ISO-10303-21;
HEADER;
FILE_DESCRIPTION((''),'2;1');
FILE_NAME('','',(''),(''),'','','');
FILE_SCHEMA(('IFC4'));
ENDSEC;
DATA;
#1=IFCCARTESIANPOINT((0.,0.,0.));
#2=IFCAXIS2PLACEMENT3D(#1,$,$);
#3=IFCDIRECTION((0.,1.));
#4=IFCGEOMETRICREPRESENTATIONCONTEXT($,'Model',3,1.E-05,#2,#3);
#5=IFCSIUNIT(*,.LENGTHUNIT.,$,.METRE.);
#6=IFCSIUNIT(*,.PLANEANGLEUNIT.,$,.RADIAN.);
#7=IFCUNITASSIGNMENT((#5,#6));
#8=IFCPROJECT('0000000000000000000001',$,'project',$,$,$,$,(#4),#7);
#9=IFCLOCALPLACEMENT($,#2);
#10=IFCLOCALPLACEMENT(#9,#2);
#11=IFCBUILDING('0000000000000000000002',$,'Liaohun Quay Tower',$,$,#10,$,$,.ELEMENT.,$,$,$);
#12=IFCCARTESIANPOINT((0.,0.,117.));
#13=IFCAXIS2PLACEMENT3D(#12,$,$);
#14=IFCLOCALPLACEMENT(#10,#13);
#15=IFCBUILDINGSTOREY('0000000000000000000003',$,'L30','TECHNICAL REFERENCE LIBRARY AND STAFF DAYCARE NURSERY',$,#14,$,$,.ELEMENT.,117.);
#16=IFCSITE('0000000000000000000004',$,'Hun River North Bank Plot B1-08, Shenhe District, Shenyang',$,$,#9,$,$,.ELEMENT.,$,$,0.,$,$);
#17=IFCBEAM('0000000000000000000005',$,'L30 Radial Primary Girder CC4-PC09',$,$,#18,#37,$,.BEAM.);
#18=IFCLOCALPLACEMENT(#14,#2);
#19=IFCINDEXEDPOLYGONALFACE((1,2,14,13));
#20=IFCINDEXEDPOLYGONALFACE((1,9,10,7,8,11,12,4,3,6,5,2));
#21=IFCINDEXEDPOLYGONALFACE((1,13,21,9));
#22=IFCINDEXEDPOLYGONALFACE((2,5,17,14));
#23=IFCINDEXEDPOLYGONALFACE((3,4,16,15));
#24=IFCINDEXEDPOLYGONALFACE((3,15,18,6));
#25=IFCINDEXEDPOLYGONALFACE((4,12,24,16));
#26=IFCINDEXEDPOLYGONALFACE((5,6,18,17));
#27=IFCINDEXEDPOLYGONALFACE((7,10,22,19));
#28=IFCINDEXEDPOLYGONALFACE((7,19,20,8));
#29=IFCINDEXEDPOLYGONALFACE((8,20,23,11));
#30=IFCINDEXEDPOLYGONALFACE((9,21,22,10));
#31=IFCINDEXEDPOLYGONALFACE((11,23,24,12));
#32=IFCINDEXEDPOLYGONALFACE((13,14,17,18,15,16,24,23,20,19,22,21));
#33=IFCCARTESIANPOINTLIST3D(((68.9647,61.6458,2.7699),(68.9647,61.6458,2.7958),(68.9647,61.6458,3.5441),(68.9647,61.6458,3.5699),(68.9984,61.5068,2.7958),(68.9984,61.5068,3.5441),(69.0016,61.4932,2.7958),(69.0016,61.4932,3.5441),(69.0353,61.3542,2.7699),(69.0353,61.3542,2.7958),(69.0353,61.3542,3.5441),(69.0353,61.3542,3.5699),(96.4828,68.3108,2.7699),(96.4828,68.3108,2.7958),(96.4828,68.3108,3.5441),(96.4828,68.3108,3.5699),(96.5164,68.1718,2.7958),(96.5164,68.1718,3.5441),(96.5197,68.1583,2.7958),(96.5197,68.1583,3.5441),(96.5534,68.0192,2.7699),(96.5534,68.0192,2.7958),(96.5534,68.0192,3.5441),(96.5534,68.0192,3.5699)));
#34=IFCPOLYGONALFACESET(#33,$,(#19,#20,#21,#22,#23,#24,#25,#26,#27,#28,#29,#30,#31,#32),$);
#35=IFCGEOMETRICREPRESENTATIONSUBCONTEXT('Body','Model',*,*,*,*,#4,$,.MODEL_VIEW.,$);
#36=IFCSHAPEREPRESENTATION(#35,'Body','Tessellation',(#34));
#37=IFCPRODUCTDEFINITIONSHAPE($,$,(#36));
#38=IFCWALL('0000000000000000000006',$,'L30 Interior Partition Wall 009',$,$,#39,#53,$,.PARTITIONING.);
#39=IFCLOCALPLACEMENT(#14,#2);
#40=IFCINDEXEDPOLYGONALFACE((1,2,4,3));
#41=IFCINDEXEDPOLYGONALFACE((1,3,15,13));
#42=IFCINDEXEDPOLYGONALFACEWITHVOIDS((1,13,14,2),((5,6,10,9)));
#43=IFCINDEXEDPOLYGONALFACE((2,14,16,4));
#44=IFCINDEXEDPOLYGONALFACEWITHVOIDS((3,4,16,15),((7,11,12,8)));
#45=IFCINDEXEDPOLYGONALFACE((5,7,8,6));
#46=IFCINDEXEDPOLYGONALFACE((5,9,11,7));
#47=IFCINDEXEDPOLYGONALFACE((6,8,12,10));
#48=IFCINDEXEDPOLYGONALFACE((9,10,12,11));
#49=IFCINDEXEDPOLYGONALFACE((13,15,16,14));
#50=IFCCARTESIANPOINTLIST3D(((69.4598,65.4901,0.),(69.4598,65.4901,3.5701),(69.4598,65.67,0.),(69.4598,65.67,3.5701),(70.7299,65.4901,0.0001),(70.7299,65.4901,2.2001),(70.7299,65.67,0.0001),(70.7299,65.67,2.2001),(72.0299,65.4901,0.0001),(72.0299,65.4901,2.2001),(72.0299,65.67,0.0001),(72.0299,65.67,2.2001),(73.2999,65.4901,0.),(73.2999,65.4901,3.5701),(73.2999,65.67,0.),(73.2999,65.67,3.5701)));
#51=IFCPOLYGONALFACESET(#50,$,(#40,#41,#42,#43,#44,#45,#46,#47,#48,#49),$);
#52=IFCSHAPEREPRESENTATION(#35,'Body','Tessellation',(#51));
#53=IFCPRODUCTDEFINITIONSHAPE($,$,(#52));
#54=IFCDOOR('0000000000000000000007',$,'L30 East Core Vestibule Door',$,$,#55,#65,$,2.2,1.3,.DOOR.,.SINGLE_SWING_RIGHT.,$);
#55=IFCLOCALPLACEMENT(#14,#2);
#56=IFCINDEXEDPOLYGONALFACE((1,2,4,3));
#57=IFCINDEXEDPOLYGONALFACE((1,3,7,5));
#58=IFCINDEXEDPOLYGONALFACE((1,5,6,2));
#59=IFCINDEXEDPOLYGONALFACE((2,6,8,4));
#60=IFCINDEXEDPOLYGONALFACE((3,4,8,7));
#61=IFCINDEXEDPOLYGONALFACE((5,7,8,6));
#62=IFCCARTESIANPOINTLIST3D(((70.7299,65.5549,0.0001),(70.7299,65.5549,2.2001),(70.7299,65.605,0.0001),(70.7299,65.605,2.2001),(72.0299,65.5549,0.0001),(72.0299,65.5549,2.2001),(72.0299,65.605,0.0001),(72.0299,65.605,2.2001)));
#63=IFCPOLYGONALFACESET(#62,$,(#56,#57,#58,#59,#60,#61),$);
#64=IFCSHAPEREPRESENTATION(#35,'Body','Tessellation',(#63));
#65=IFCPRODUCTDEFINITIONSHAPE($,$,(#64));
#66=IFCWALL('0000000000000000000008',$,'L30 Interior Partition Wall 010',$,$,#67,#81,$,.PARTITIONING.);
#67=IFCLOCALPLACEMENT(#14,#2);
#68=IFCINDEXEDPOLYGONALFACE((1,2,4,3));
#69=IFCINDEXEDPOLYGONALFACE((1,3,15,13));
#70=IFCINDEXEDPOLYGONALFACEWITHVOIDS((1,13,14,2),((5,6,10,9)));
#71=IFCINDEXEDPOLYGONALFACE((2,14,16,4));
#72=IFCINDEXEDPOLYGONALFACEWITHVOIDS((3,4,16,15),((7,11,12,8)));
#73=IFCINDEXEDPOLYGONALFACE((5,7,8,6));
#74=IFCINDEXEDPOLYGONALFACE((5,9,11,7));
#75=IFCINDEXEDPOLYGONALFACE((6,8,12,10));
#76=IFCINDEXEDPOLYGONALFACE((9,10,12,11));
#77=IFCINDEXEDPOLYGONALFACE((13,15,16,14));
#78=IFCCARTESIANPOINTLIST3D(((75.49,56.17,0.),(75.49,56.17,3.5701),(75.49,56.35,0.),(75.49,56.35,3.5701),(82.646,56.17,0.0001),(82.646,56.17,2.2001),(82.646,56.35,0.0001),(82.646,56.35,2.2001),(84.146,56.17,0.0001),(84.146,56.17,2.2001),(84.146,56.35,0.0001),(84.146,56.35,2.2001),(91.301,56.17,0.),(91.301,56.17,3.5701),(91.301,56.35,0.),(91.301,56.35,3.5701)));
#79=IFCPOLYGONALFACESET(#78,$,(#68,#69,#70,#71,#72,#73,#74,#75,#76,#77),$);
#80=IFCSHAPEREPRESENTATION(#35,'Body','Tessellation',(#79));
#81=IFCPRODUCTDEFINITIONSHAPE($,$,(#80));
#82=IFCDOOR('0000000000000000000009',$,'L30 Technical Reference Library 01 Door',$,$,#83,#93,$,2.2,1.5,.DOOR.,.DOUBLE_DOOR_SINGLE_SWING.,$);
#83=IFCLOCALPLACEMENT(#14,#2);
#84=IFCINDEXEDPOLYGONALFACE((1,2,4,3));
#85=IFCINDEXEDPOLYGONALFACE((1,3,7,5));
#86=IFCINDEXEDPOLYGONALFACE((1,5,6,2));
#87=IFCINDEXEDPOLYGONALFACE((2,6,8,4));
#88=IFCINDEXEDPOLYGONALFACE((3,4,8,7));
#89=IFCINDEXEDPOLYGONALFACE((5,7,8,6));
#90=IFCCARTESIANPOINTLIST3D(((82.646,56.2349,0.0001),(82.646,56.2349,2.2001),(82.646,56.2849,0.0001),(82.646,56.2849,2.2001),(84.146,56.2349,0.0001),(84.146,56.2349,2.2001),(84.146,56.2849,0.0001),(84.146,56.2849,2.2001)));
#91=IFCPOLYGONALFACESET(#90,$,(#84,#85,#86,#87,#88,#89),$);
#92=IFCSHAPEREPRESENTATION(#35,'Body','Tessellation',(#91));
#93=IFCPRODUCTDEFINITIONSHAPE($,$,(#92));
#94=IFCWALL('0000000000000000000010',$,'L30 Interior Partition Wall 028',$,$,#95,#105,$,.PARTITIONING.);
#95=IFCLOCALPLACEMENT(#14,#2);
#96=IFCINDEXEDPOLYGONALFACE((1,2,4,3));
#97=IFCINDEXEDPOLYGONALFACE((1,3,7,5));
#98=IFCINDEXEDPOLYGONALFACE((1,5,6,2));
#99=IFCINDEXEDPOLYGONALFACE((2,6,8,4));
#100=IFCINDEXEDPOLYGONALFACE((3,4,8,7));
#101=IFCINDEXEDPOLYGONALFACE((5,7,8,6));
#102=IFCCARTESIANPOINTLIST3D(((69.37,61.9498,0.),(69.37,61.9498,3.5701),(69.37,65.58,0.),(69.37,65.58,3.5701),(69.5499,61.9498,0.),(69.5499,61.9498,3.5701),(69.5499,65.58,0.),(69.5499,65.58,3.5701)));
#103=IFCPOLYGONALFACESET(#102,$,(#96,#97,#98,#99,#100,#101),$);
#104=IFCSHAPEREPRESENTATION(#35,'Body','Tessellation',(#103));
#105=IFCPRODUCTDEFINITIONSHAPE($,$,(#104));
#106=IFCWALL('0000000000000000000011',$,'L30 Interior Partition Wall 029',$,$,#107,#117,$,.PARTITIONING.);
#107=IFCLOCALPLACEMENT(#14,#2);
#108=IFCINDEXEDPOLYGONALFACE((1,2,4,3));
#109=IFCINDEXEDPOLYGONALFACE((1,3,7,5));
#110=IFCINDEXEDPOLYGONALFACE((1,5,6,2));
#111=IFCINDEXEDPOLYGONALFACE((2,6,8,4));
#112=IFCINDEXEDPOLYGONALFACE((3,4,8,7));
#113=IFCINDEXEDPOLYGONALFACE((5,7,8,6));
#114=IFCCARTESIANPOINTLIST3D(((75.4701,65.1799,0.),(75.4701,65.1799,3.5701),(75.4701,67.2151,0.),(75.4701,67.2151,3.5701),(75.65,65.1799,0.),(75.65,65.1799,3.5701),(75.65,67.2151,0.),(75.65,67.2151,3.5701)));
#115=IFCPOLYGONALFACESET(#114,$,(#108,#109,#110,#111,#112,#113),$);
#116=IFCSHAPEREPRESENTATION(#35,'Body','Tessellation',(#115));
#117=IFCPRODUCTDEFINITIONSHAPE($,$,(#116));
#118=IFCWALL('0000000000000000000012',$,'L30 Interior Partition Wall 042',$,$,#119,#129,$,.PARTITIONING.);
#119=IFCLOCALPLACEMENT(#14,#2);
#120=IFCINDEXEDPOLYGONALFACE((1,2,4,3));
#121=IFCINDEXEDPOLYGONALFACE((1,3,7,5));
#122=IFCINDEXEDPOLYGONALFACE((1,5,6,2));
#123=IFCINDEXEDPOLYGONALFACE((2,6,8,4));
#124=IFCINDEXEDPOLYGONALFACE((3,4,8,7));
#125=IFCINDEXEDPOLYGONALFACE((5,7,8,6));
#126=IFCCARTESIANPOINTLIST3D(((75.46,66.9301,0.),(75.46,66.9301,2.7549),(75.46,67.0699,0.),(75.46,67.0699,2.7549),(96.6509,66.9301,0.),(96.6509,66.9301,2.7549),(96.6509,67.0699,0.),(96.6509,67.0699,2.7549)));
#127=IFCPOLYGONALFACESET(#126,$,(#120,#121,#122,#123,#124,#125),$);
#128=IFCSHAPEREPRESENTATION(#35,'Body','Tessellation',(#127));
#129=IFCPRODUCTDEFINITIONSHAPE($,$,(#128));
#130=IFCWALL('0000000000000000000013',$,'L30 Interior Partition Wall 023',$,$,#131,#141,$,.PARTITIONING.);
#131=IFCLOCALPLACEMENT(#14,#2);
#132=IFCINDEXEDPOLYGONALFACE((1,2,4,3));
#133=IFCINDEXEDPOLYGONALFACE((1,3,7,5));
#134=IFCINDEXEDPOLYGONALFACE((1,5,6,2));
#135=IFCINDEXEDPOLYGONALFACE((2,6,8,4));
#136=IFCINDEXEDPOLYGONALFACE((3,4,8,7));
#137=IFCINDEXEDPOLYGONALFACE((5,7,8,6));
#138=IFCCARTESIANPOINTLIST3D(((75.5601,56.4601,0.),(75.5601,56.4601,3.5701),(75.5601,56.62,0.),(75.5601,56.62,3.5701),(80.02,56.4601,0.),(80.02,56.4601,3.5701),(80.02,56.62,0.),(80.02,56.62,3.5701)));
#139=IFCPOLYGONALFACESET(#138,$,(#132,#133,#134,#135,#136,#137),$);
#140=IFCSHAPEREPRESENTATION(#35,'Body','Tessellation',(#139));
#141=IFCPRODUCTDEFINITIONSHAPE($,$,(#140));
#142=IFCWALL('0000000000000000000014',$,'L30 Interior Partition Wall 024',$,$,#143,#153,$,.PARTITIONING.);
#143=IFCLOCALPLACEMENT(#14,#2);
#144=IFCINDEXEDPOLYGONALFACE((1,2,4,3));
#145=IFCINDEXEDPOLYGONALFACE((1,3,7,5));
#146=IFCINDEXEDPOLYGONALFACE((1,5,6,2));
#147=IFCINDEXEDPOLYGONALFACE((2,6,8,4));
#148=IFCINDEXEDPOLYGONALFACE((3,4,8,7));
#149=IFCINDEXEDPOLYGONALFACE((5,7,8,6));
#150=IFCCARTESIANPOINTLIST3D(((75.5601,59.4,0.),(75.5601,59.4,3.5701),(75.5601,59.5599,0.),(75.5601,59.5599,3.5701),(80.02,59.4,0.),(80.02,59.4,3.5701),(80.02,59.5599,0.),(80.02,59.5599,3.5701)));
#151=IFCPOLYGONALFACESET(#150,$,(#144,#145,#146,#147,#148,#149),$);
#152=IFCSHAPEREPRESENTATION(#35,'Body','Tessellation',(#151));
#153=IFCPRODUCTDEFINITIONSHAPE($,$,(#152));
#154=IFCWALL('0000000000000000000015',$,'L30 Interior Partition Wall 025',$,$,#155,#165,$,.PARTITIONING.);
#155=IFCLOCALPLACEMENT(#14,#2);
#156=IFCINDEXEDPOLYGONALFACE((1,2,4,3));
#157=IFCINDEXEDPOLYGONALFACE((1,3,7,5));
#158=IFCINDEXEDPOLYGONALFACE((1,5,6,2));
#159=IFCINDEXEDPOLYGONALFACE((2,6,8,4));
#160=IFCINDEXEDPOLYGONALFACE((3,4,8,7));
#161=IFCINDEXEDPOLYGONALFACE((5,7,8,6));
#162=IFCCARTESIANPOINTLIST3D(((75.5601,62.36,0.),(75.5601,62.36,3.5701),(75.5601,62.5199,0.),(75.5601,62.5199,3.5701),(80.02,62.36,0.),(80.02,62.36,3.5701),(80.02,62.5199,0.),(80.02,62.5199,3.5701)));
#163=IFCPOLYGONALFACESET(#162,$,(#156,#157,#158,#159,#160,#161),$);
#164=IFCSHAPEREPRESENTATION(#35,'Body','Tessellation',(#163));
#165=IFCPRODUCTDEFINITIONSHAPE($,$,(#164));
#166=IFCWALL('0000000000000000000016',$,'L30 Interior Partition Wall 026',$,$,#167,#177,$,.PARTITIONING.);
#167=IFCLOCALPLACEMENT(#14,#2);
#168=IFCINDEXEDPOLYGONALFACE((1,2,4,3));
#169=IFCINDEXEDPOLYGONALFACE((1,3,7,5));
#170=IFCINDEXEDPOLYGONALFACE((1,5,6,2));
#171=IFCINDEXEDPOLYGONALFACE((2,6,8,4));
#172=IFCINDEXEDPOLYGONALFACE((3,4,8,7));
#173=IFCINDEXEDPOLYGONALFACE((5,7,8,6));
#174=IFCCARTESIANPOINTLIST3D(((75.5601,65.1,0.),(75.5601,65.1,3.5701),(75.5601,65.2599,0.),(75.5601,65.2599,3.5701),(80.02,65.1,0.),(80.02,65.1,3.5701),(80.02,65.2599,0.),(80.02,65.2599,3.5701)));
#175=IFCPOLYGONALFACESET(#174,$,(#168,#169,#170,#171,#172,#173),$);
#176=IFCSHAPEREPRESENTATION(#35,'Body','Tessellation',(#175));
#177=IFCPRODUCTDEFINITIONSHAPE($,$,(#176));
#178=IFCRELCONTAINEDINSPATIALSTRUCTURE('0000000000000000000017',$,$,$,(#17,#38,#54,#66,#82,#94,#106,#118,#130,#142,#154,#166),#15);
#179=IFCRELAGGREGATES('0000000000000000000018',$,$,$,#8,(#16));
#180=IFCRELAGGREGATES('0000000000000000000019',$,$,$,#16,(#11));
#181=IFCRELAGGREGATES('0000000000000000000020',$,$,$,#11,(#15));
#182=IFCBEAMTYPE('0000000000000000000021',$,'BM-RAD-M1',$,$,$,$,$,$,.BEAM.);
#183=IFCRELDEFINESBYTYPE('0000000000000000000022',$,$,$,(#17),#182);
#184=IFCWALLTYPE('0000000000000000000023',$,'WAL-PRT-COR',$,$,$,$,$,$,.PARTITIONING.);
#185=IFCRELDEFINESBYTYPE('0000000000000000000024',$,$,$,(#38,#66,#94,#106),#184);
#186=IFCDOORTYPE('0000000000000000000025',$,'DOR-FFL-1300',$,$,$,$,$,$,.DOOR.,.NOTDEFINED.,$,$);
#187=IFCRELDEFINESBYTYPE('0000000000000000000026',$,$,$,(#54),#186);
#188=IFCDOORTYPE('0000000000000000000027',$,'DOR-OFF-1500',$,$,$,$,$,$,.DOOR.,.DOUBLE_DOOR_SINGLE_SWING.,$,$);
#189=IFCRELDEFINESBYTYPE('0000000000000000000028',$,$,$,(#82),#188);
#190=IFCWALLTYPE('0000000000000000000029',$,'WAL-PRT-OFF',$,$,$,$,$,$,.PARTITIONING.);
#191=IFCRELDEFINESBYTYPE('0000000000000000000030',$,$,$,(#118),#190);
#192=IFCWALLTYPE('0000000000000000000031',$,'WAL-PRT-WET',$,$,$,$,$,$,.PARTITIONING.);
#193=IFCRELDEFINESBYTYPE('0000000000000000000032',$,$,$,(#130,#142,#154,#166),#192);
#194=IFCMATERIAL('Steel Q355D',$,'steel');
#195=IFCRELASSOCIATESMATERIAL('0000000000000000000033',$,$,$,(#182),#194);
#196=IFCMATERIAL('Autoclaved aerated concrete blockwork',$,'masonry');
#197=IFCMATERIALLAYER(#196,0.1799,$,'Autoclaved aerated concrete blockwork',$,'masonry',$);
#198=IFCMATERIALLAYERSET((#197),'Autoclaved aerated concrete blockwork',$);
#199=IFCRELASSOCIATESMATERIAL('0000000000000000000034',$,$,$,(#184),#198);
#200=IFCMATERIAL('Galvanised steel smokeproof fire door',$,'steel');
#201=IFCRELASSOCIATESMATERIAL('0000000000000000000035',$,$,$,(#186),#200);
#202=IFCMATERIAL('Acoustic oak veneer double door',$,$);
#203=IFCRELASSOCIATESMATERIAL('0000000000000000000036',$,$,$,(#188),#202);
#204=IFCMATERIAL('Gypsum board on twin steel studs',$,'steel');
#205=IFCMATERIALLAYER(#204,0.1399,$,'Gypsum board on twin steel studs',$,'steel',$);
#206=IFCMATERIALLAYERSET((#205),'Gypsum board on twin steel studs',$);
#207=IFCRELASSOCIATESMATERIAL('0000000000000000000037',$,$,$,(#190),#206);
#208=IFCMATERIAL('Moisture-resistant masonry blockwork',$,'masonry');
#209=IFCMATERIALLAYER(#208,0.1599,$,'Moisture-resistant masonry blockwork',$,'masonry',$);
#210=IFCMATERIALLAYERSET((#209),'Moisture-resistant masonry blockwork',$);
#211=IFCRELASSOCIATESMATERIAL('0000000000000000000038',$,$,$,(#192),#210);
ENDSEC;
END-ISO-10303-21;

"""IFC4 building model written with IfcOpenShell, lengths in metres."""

from ifc_helpers import new_model, si_unit, direction, frame, frame_2d, origin, origin_2d, place, context, subcontext, project, spatial, rectangle, i_section, extrude, source, transform, mapped, material, layer, layer_set, material_profile, profile_set, type_object, element, fill, save


model = new_model("IFC4")

# Units and contexts
model_context = context("Model", 3, precision=1e-05, world=origin(), true_north=direction((0.0, 1.0)))
body_context = subcontext(model_context, "Body", "Model", "MODEL_VIEW")
ifc_project = project(units=[si_unit("LENGTHUNIT", "METRE"), si_unit("PLANEANGLEUNIT", "RADIAN")], contexts=[model_context])

# Site, building, storey
site_placement = place(None, origin())
site = spatial("IfcSite", under=ifc_project, at=site_placement, Name="Hun River North Bank Plot B1-08, Shenhe District, Shenyang", CompositionType="ELEMENT", RefElevation=0.0)
building_placement = place(site_placement, origin())
building = spatial("IfcBuilding", under=site, at=building_placement, Name="Liaohun Quay Tower", CompositionType="ELEMENT")
storey_placement = place(building_placement, frame((0.0, 0.0, 117.0)))
storey = spatial("IfcBuildingStorey", under=building, at=storey_placement, Name="L30", Description="TECHNICAL REFERENCE LIBRARY AND STAFF DAYCARE NURSERY", CompositionType="ELEMENT", Elevation=117.0)

# Beam
ifc_material_1 = material(Name="Steel Q355D", Category="steel")
ifc_material_profile = material_profile(ifc_material_1, i_section(OverallWidth=0.3, OverallDepth=0.8, WebThickness=0.0139, FlangeThickness=0.0259, at=origin_2d()), Name="HN800x300x14x26")
ifc_profile_set = profile_set([ifc_material_profile], Name="Steel Q355D")
beam_type = type_object("IfcBeamType", Name="BM-RAD-M1", PredefinedType="BEAM", material=ifc_profile_set)
shared_shape_1 = source(origin(), body_context, "Body", "SweptSolid", [
    extrude(i_section(OverallWidth=0.3, OverallDepth=0.8, WebThickness=0.0139, FlangeThickness=0.0259, at=origin_2d()), origin(), (0.0, 0.0, 1.0), 28.3137),
])
beam_placement = place(storey_placement, frame((69.0, 61.5, 3.1699), z_axis=(0.971899, 0.2354, 0.0), x_axis=(-0.2354, 0.971899, 0.0)))
element("IfcBeam", 1, at=beam_placement, inside=storey, type_object=beam_type, Name="L30 Radial Primary Girder CC4-PC09", PredefinedType="BEAM", context=body_context, shape_type="MappedRepresentation", body=[
    mapped(shared_shape_1, transform((0.0, 0.0, 0.0), x_axis=(1.0, 0.0, 0.0), y_axis=(0.0, 1.0, 0.0), z_axis=(0.0, 0.0, 1.0), scale=1.0)),
])

# Walls, openings, doors
ifc_material_2 = material(Name="Autoclaved aerated concrete blockwork", Category="masonry")
ifc_layer_1 = layer(ifc_material_2, 0.1799, Name="Autoclaved aerated concrete blockwork", Category="masonry")
ifc_layer_set_1 = layer_set([ifc_layer_1], Name="Autoclaved aerated concrete blockwork")
wall_type_1 = type_object("IfcWallType", Name="WAL-PRT-COR", PredefinedType="PARTITIONING", material=ifc_layer_set_1)
wall_1_placement = place(storey_placement, frame((69.46, 65.5801, 0.0), z_axis=(0.0, 0.0, 1.0), x_axis=(1.0, 0.0, 0.0)))
wall_1 = element("IfcWall", 2, at=wall_1_placement, inside=storey, type_object=wall_type_1, Name="L30 Interior Partition Wall 009", PredefinedType="PARTITIONING", context=body_context, shape_type="SweptSolid", body=[
    extrude(rectangle(XDim=3.8401, YDim=0.1799, at=frame_2d((1.9199, 0.0))), origin(), (0.0, 0.0, 1.0), 3.5701),
])
shared_shape_2 = source(origin(), body_context, "Body", "SweptSolid", [
    extrude(rectangle(XDim=1.3, YDim=2.2, at=frame_2d((0.6499, 1.1001))), frame((0.0, 0.0999, 0.0), z_axis=(0.0, -1.0, 0.0), x_axis=(1.0, 0.0, 0.0)), (0.0, 0.0, 1.0), 0.2),
])
opening_1_placement = place(wall_1_placement, frame((1.27, 0.0, 0.0)))
opening_1 = element("IfcOpeningElement", 3, at=opening_1_placement, cuts=wall_1, PredefinedType="OPENING", context=body_context, shape_type="MappedRepresentation", body=[
    mapped(shared_shape_2, transform((0.0, 0.0, 0.0), x_axis=(1.0, 0.0, 0.0), y_axis=(0.0, 1.0, 0.0), z_axis=(0.0, 0.0, 1.0), scale=1.0)),
])
ifc_material_3 = material(Name="Galvanised steel smokeproof fire door", Category="steel")
door_type_1 = type_object("IfcDoorType", Name="DOR-FFL-1300", OperationType="NOTDEFINED", PredefinedType="DOOR", material=ifc_material_3)
shared_shape_3 = source(origin(), body_context, "Body", "SweptSolid", [
    extrude(rectangle(XDim=1.3, YDim=2.2, at=frame_2d((0.6499, 1.1001))), frame((0.0, 0.0249, 0.0), z_axis=(0.0, -1.0, 0.0), x_axis=(1.0, 0.0, 0.0)), (0.0, 0.0, 1.0), 0.05),
])
door_1_placement = place(opening_1_placement, origin())
door_1 = element("IfcDoor", 4, at=door_1_placement, inside=storey, type_object=door_type_1, Name="L30 East Core Vestibule Door", OperationType="SINGLE_SWING_RIGHT", OverallHeight=2.2, OverallWidth=1.3, PredefinedType="DOOR", context=body_context, shape_type="MappedRepresentation", body=[
    mapped(shared_shape_3, transform((0.0, 0.0, 0.0), x_axis=(1.0, 0.0, 0.0), y_axis=(0.0, 1.0, 0.0), z_axis=(0.0, 0.0, 1.0), scale=1.0)),
])
fill(opening_1, door_1)
wall_2_placement = place(storey_placement, frame((75.49, 56.26, 0.0), z_axis=(0.0, 0.0, 1.0), x_axis=(1.0, 0.0, 0.0)))
wall_2 = element("IfcWall", 5, at=wall_2_placement, inside=storey, type_object=wall_type_1, Name="L30 Interior Partition Wall 010", PredefinedType="PARTITIONING", context=body_context, shape_type="SweptSolid", body=[
    extrude(rectangle(XDim=15.811, YDim=0.1799, at=frame_2d((7.9055, 0.0))), origin(), (0.0, 0.0, 1.0), 3.5701),
])
shared_shape_4 = source(origin(), body_context, "Body", "SweptSolid", [
    extrude(rectangle(XDim=1.5, YDim=2.2, at=frame_2d((0.75, 1.1001))), frame((0.0, 0.0999, 0.0), z_axis=(0.0, -1.0, 0.0), x_axis=(1.0, 0.0, 0.0)), (0.0, 0.0, 1.0), 0.2),
])
opening_2_placement = place(wall_2_placement, frame((7.156, 0.0, 0.0)))
opening_2 = element("IfcOpeningElement", 6, at=opening_2_placement, cuts=wall_2, PredefinedType="OPENING", context=body_context, shape_type="MappedRepresentation", body=[
    mapped(shared_shape_4, transform((0.0, 0.0, 0.0), x_axis=(1.0, 0.0, 0.0), y_axis=(0.0, 1.0, 0.0), z_axis=(0.0, 0.0, 1.0), scale=1.0)),
])
ifc_material_4 = material(Name="Acoustic oak veneer double door")
door_type_2 = type_object("IfcDoorType", Name="DOR-OFF-1500", OperationType="DOUBLE_DOOR_SINGLE_SWING", PredefinedType="DOOR", material=ifc_material_4)
shared_shape_5 = source(origin(), body_context, "Body", "SweptSolid", [
    extrude(rectangle(XDim=1.5, YDim=2.2, at=frame_2d((0.75, 1.1001))), frame((0.0, 0.0249, 0.0), z_axis=(0.0, -1.0, 0.0), x_axis=(1.0, 0.0, 0.0)), (0.0, 0.0, 1.0), 0.05),
])
door_2_placement = place(opening_2_placement, origin())
door_2 = element("IfcDoor", 7, at=door_2_placement, inside=storey, type_object=door_type_2, Name="L30 Technical Reference Library 01 Door", OperationType="DOUBLE_DOOR_SINGLE_SWING", OverallHeight=2.2, OverallWidth=1.5, PredefinedType="DOOR", context=body_context, shape_type="MappedRepresentation", body=[
    mapped(shared_shape_5, transform((0.0, 0.0, 0.0), x_axis=(1.0, 0.0, 0.0), y_axis=(0.0, 1.0, 0.0), z_axis=(0.0, 0.0, 1.0), scale=1.0)),
])
fill(opening_2, door_2)

# Walls
wall_3_placement = place(storey_placement, frame((69.46, 61.95, 0.0), z_axis=(0.0, 0.0, 1.0), x_axis=(0.0, 1.0, 0.0)))
element("IfcWall", 8, at=wall_3_placement, inside=storey, type_object=wall_type_1, Name="L30 Interior Partition Wall 028", PredefinedType="PARTITIONING", context=body_context, shape_type="SweptSolid", body=[
    extrude(rectangle(XDim=3.6301, YDim=0.1799, at=frame_2d((1.8149, 0.0))), origin(), (0.0, 0.0, 1.0), 3.5701),
])
wall_4_placement = place(storey_placement, frame((75.5601, 67.2151, 0.0), z_axis=(0.0, 0.0, 1.0), x_axis=(0.0, -1.0, 0.0)))
element("IfcWall", 9, at=wall_4_placement, inside=storey, type_object=wall_type_1, Name="L30 Interior Partition Wall 029", PredefinedType="PARTITIONING", context=body_context, shape_type="SweptSolid", body=[
    extrude(rectangle(XDim=2.0352, YDim=0.1799, at=frame_2d((1.0176, 0.0))), origin(), (0.0, 0.0, 1.0), 3.5701),
])
ifc_material_5 = material(Name="Gypsum board on twin steel studs", Category="steel")
ifc_layer_2 = layer(ifc_material_5, 0.1399, Name="Gypsum board on twin steel studs", Category="steel")
ifc_layer_set_2 = layer_set([ifc_layer_2], Name="Gypsum board on twin steel studs")
wall_type_2 = type_object("IfcWallType", Name="WAL-PRT-OFF", PredefinedType="PARTITIONING", material=ifc_layer_set_2)
wall_5_placement = place(storey_placement, frame((75.46, 67.0, 0.0), z_axis=(0.0, 0.0, 1.0), x_axis=(1.0, 0.0, 0.0)))
element("IfcWall", 10, at=wall_5_placement, inside=storey, type_object=wall_type_2, Name="L30 Interior Partition Wall 042", PredefinedType="PARTITIONING", context=body_context, shape_type="SweptSolid", body=[
    extrude(rectangle(XDim=21.1909, YDim=0.1399, at=frame_2d((10.5955, 0.0))), origin(), (0.0, 0.0, 1.0), 2.7549),
])

# Shared definitions
ifc_material_6 = material(Name="Moisture-resistant masonry blockwork", Category="masonry")
ifc_layer_3 = layer(ifc_material_6, 0.1599, Name="Moisture-resistant masonry blockwork", Category="masonry")
ifc_layer_set_3 = layer_set([ifc_layer_3], Name="Moisture-resistant masonry blockwork")
wall_type_3 = type_object("IfcWallType", Name="WAL-PRT-WET", PredefinedType="PARTITIONING", material=ifc_layer_set_3)

# Walls
for number, where, z_axis, x_axis, name in (
    (11, (75.5601, 56.54, 0.0), (0.0, 0.0, 1.0), (1.0, 0.0, 0.0), "L30 Interior Partition Wall 023"),
    (12, (75.5601, 59.48, 0.0), (0.0, 0.0, 1.0), (1.0, 0.0, 0.0), "L30 Interior Partition Wall 024"),
    (13, (75.5601, 62.4399, 0.0), (0.0, 0.0, 1.0), (1.0, 0.0, 0.0), "L30 Interior Partition Wall 025"),
    (14, (75.5601, 65.1799, 0.0), (0.0, 0.0, 1.0), (1.0, 0.0, 0.0), "L30 Interior Partition Wall 026"),
):
    element("IfcWall", number, at=place(storey_placement, frame(where, z_axis=z_axis, x_axis=x_axis)), inside=storey, type_object=wall_type_3, Name=name, PredefinedType="PARTITIONING", context=body_context, shape_type="SweptSolid", body=[
        extrude(rectangle(XDim=4.46, YDim=0.1599, at=frame_2d((2.23, 0.0))), origin(), (0.0, 0.0, 1.0), 3.5701),
    ])

save(model, "model.ifc")
